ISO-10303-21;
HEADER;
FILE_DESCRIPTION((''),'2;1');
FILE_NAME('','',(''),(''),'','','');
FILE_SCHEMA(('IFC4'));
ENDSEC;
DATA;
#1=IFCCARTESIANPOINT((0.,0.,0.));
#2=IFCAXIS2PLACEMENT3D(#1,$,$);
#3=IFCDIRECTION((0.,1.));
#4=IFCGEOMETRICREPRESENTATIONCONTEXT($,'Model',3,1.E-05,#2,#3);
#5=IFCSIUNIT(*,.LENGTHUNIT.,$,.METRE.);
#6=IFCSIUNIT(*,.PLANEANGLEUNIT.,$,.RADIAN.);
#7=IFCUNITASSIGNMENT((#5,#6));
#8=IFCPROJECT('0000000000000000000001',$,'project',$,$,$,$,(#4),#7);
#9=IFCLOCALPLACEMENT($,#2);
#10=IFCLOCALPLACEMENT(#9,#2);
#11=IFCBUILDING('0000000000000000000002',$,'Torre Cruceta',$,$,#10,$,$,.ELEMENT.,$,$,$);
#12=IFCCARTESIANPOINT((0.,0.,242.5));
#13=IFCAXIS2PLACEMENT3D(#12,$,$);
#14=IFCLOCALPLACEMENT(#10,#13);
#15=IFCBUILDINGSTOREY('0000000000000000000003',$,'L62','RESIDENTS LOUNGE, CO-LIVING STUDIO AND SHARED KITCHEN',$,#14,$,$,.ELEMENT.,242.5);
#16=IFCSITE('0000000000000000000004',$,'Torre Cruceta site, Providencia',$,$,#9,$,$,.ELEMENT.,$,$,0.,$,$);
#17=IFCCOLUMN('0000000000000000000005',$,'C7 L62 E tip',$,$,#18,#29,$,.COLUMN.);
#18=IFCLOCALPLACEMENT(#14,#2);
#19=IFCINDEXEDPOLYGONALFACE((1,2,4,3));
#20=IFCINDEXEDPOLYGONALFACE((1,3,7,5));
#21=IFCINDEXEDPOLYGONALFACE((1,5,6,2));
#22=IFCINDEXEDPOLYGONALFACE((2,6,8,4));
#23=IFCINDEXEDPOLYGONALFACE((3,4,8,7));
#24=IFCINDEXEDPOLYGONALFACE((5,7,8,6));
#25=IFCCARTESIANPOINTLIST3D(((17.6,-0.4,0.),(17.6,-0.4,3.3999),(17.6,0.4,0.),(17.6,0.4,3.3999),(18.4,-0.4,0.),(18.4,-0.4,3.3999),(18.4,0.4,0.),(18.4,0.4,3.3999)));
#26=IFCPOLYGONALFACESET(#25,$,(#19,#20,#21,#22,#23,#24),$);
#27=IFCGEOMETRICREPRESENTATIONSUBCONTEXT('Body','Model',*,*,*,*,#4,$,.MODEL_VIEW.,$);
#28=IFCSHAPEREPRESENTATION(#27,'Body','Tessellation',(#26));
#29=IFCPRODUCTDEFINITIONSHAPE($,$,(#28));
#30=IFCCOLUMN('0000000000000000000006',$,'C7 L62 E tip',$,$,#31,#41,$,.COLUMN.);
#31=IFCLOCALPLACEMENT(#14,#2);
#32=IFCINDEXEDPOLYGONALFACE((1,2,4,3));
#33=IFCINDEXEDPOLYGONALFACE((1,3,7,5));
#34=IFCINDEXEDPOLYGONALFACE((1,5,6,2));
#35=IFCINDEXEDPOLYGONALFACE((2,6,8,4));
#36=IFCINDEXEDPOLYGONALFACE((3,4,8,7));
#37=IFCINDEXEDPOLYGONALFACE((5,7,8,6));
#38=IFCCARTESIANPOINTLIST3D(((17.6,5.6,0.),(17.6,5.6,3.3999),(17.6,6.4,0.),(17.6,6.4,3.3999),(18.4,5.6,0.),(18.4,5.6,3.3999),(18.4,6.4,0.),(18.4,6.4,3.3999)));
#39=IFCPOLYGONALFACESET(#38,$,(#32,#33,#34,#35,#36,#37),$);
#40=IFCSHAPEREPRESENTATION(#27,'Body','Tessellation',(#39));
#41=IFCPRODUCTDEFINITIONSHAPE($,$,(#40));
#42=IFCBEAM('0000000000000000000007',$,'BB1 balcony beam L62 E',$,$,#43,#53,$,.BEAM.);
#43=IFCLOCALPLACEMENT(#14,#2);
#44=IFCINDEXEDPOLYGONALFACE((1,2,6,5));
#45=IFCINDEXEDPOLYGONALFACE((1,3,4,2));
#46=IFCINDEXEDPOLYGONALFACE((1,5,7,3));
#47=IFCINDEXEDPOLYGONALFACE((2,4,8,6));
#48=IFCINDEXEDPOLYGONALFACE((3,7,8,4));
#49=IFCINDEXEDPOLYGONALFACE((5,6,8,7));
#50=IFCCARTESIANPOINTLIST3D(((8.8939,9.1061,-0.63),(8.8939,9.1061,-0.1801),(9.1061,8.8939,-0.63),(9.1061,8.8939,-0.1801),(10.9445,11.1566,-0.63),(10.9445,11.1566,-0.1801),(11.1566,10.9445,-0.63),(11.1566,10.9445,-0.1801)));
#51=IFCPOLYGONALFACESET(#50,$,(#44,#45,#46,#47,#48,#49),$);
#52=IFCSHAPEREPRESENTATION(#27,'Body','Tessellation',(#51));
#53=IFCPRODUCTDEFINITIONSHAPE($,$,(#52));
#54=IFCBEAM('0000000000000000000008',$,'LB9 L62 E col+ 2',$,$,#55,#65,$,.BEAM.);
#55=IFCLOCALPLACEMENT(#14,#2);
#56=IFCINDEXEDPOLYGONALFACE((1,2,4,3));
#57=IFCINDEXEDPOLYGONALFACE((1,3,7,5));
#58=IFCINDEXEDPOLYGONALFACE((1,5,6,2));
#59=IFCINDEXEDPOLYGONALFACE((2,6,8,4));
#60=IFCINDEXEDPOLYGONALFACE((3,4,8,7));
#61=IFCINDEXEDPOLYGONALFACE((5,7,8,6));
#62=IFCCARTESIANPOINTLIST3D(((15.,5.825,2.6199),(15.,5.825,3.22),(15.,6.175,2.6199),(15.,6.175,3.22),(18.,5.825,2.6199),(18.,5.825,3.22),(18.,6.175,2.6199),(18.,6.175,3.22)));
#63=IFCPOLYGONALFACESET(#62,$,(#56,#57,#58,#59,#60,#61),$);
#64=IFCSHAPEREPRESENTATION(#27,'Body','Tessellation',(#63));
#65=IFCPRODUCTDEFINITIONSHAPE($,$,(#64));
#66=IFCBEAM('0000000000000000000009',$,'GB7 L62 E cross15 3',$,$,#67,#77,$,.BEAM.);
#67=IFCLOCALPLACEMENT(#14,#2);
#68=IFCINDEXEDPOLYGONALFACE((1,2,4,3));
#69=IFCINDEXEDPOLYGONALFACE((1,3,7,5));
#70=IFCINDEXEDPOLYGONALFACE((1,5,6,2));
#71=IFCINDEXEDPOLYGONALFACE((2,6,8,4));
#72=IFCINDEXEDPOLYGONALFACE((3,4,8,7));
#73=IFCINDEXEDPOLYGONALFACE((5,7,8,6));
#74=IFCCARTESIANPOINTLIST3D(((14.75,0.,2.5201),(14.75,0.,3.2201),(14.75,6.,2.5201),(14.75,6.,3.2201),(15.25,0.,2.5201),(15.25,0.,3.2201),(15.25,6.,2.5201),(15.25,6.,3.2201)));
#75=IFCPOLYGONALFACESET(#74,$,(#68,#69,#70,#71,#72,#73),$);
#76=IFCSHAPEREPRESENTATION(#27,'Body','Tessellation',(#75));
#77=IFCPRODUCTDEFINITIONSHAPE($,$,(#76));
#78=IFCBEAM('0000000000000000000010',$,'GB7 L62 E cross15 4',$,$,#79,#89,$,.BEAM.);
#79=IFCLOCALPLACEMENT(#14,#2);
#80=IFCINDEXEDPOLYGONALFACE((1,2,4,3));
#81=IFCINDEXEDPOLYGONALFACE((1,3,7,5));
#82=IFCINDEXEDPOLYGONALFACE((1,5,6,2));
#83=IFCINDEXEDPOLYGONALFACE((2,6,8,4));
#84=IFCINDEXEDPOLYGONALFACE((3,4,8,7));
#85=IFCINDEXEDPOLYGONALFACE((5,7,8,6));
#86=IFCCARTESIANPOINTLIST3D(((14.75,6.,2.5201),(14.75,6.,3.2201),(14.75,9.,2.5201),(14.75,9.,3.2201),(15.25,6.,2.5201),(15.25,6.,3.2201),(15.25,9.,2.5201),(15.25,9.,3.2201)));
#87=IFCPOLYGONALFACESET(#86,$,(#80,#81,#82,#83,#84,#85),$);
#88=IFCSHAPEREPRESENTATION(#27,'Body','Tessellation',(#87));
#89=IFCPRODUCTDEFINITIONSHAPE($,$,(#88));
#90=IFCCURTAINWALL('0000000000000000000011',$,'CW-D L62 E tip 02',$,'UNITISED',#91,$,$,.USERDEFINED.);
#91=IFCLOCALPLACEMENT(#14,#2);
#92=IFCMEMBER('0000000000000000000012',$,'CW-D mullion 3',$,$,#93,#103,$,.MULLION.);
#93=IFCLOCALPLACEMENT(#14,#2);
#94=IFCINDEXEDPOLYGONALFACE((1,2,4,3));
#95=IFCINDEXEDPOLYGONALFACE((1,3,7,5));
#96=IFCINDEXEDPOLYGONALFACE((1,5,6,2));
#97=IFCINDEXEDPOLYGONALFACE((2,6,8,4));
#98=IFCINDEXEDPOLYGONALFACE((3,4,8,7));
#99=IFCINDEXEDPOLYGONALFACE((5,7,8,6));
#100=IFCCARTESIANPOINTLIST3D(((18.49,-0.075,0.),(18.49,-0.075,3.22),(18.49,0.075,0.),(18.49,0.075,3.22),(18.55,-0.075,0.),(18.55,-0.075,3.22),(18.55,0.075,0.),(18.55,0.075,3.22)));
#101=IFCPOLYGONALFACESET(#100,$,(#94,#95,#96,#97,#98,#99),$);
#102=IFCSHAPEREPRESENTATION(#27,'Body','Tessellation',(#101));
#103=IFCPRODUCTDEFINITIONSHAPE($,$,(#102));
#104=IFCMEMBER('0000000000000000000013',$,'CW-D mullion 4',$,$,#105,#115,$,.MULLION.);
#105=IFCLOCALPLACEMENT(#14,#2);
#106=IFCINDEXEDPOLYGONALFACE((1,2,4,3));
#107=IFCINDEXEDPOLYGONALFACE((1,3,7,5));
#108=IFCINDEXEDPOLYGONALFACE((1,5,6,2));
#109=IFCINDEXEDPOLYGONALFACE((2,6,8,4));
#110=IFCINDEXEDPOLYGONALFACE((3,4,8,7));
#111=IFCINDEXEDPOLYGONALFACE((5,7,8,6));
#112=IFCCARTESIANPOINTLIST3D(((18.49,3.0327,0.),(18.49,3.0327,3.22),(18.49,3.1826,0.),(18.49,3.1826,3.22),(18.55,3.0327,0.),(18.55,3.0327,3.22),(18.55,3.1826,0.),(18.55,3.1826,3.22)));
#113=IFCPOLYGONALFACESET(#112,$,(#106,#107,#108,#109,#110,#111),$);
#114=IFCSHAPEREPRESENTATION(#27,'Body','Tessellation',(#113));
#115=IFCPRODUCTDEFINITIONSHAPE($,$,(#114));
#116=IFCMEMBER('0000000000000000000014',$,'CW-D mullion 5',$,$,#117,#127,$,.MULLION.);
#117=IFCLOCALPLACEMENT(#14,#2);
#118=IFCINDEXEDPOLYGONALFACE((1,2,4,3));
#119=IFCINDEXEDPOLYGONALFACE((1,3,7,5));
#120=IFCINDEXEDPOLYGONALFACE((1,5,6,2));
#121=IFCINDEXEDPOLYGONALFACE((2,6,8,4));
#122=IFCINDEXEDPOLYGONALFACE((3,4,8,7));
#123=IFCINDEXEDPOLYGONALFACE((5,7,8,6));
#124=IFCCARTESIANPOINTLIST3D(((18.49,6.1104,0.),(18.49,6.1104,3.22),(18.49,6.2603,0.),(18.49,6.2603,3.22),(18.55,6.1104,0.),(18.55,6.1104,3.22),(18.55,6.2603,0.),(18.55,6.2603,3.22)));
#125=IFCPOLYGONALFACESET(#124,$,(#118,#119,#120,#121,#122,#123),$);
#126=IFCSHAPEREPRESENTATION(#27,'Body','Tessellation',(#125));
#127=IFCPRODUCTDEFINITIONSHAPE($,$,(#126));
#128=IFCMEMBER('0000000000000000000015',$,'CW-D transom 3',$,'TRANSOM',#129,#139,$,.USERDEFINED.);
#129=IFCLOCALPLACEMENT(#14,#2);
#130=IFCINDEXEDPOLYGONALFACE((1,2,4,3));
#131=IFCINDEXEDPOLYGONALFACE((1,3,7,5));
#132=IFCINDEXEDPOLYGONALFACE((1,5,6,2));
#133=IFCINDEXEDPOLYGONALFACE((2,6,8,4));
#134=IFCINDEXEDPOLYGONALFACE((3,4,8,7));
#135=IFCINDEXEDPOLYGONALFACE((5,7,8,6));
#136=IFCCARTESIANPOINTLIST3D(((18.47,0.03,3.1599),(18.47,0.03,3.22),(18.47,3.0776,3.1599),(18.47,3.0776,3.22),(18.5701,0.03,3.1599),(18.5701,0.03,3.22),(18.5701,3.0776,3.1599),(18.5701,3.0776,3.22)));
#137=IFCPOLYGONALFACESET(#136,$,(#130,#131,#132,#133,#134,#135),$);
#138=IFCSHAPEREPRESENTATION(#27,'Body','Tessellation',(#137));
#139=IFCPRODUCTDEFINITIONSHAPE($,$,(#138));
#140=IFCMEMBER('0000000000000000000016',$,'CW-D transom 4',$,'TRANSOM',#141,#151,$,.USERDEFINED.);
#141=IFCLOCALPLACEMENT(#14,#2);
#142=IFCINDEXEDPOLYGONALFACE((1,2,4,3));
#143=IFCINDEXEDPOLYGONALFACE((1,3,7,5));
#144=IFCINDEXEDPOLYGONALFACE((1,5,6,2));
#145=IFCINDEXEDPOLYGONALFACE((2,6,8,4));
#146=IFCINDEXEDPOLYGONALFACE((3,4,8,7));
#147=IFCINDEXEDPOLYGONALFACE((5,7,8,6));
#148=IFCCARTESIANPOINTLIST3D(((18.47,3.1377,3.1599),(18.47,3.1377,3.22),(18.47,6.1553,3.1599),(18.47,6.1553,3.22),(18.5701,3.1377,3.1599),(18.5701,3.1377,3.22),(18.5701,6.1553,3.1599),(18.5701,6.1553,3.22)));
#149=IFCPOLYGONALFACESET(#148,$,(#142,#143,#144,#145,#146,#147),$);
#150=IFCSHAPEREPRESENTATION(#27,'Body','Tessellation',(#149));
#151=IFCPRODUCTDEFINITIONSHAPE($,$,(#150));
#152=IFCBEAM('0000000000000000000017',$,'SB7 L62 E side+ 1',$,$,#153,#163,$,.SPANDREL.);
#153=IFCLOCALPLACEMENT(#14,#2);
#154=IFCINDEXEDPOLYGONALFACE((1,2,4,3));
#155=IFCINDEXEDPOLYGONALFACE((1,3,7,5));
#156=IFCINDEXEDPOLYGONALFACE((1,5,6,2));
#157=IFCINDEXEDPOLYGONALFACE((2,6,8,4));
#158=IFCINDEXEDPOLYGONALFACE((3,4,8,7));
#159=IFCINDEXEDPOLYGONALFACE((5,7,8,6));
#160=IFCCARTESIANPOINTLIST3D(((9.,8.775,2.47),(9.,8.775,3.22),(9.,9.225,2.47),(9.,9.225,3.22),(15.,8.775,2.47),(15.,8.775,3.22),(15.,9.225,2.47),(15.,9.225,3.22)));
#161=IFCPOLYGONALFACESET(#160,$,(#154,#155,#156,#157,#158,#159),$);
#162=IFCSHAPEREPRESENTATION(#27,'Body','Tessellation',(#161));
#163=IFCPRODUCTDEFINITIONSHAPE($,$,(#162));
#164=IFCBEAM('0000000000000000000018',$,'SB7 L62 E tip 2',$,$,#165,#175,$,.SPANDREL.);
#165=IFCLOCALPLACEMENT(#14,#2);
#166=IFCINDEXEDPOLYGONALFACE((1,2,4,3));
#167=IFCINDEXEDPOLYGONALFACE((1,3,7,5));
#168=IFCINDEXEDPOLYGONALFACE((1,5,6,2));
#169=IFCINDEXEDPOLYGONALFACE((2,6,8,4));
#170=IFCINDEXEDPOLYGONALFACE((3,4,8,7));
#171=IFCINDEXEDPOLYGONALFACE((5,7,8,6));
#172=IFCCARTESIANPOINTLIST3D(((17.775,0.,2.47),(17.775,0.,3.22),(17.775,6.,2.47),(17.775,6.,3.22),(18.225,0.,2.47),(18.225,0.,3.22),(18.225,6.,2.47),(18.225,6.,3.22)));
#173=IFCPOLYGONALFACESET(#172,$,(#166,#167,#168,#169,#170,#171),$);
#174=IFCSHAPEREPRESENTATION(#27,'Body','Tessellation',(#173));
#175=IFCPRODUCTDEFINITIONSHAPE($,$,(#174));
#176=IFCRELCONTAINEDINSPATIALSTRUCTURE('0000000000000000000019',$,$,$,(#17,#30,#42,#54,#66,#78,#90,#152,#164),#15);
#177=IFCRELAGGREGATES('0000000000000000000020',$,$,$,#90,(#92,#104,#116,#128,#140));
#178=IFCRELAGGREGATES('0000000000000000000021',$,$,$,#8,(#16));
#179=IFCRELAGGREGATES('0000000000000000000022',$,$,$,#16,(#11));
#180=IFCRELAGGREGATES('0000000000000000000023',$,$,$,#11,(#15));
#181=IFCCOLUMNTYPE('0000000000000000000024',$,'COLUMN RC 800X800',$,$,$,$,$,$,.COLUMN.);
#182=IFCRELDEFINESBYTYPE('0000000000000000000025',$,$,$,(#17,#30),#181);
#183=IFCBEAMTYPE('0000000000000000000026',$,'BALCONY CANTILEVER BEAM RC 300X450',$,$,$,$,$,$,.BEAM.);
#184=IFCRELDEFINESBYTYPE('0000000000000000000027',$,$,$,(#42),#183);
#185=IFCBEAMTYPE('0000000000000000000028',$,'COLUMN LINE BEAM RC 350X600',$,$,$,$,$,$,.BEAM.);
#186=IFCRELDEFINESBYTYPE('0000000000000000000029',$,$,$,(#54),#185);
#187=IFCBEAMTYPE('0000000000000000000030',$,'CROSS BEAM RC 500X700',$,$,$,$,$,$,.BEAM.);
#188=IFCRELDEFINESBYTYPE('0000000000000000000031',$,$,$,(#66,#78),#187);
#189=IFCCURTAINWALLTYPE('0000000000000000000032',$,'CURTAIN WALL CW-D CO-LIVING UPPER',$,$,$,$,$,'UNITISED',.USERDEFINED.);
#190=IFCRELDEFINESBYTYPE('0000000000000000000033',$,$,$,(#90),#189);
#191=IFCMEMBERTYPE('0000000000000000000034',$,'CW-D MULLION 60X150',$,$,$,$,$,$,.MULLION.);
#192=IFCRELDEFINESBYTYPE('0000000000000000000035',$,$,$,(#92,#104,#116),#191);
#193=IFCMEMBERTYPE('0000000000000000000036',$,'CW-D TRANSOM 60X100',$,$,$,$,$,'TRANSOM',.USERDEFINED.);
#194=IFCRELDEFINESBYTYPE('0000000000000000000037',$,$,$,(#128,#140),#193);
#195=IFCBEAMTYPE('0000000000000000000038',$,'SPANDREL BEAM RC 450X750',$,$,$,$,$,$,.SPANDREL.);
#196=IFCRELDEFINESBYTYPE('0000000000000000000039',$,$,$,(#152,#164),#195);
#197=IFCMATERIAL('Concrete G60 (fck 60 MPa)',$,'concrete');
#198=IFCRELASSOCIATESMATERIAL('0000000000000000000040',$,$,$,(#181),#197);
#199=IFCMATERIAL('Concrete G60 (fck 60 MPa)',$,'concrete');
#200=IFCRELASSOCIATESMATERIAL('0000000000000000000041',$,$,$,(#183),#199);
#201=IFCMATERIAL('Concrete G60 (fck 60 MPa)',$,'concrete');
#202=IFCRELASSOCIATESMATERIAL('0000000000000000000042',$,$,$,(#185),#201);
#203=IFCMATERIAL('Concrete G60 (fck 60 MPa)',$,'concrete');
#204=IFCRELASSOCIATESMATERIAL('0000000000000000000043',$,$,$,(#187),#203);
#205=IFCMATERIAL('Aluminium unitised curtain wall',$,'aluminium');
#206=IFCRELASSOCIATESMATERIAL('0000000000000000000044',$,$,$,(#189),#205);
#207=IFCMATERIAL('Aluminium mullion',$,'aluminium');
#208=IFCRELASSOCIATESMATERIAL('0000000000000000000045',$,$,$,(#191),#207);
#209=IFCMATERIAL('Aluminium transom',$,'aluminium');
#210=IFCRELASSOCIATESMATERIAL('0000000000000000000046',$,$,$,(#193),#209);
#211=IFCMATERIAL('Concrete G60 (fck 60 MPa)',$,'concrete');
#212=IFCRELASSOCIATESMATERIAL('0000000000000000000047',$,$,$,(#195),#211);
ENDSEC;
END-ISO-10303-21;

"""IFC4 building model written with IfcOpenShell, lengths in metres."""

from ifc_helpers import new_model, si_unit, direction, frame, origin, origin_2d, place, context, subcontext, project, spatial, rectangle, extrude, material, material_profile, profile_set, type_object, element, aggregate, save


model = new_model("IFC4")

# Units and contexts
model_context = context("Model", 3, precision=1e-05, world=origin(), true_north=direction((0.0, 1.0)))
body_context = subcontext(model_context, "Body", "Model", "MODEL_VIEW")
ifc_project = project(units=[si_unit("LENGTHUNIT", "METRE"), si_unit("PLANEANGLEUNIT", "RADIAN")], contexts=[model_context])

# Site, building, storey
site_placement = place(None, origin())
site = spatial("IfcSite", under=ifc_project, at=site_placement, Name="Torre Cruceta site, Providencia", CompositionType="ELEMENT", RefElevation=0.0)
building_placement = place(site_placement, origin())
building = spatial("IfcBuilding", under=site, at=building_placement, Name="Torre Cruceta", CompositionType="ELEMENT")
storey_placement = place(building_placement, frame((0.0, 0.0, 242.5)))
storey = spatial("IfcBuildingStorey", under=building, at=storey_placement, Name="L62", Description="RESIDENTS LOUNGE, CO-LIVING STUDIO AND SHARED KITCHEN", CompositionType="ELEMENT", Elevation=242.5)

# Columns
ifc_material_1 = material(Name="Concrete G60 (fck 60 MPa)", Category="concrete")
ifc_material_profile_1 = material_profile(ifc_material_1, rectangle(XDim=0.8, YDim=0.8, at=origin_2d()), Name="RC 800X800")
ifc_profile_set_1 = profile_set([ifc_material_profile_1], Name="Concrete G60 (fck 60 MPa)")
column_type = type_object("IfcColumnType", Name="COLUMN RC 800X800", PredefinedType="COLUMN", material=ifc_profile_set_1)
for number, where, z_axis, x_axis, name in (
    (1, (18.0, 0.0, 0.0), (0.0, 0.0, 1.0), (1.0, 0.0, 0.0), "C7 L62 E tip"),
    (2, (18.0, 6.0, 0.0), (0.0, 0.0, 1.0), (1.0, 0.0, 0.0), "C7 L62 E tip"),
):
    element("IfcColumn", number, at=place(storey_placement, frame(where, z_axis=z_axis, x_axis=x_axis)), inside=storey, type_object=column_type, Name=name, PredefinedType="COLUMN", context=body_context, shape_type="SweptSolid", body=[
        extrude(rectangle(XDim=0.8, YDim=0.8, at=origin_2d()), origin(), (0.0, 0.0, 1.0), 3.3999),
    ])

# Beams
ifc_material_2 = material(Name="Concrete G60 (fck 60 MPa)", Category="concrete")
ifc_material_profile_2 = material_profile(ifc_material_2, rectangle(XDim=0.3, YDim=0.45, at=origin_2d()), Name="RC 300X450")
ifc_profile_set_2 = profile_set([ifc_material_profile_2], Name="Concrete G60 (fck 60 MPa)")
beam_type_1 = type_object("IfcBeamType", Name="BALCONY CANTILEVER BEAM RC 300X450", PredefinedType="BEAM", material=ifc_profile_set_2)
beam_1_placement = place(storey_placement, frame((9.0, 9.0, -0.405), z_axis=(0.707107, 0.707107, 0.0), x_axis=(-0.707107, 0.707107, 0.0)))
element("IfcBeam", 3, at=beam_1_placement, inside=storey, type_object=beam_type_1, Name="BB1 balcony beam L62 E", PredefinedType="BEAM", context=body_context, shape_type="SweptSolid", body=[
    extrude(rectangle(XDim=0.3, YDim=0.45, at=origin_2d()), origin(), (0.0, 0.0, 1.0), 2.8999),
])
ifc_material_3 = material(Name="Concrete G60 (fck 60 MPa)", Category="concrete")
ifc_material_profile_3 = material_profile(ifc_material_3, rectangle(XDim=0.3501, YDim=0.6001, at=origin_2d()), Name="RC 350X600")
ifc_profile_set_3 = profile_set([ifc_material_profile_3], Name="Concrete G60 (fck 60 MPa)")
beam_type_2 = type_object("IfcBeamType", Name="COLUMN LINE BEAM RC 350X600", PredefinedType="BEAM", material=ifc_profile_set_3)
beam_2_placement = place(storey_placement, frame((15.0, 6.0, 2.9199), z_axis=(1.0, 0.0, 0.0), x_axis=(0.0, 1.0, 0.0)))
element("IfcBeam", 4, at=beam_2_placement, inside=storey, type_object=beam_type_2, Name="LB9 L62 E col+ 2", PredefinedType="BEAM", context=body_context, shape_type="SweptSolid", body=[
    extrude(rectangle(XDim=0.3501, YDim=0.6001, at=origin_2d()), origin(), (0.0, 0.0, 1.0), 3.0),
])
ifc_material_4 = material(Name="Concrete G60 (fck 60 MPa)", Category="concrete")
ifc_material_profile_4 = material_profile(ifc_material_4, rectangle(XDim=0.5, YDim=0.7, at=origin_2d()), Name="RC 500X700")
ifc_profile_set_4 = profile_set([ifc_material_profile_4], Name="Concrete G60 (fck 60 MPa)")
beam_type_3 = type_object("IfcBeamType", Name="CROSS BEAM RC 500X700", PredefinedType="BEAM", material=ifc_profile_set_4)
beam_3_placement = place(storey_placement, frame((15.0, 0.0, 2.8701), z_axis=(0.0, 1.0, 0.0), x_axis=(-1.0, 0.0, 0.0)))
element("IfcBeam", 5, at=beam_3_placement, inside=storey, type_object=beam_type_3, Name="GB7 L62 E cross15 3", PredefinedType="BEAM", context=body_context, shape_type="SweptSolid", body=[
    extrude(rectangle(XDim=0.5, YDim=0.7, at=origin_2d()), origin(), (0.0, 0.0, 1.0), 6.0),
])
beam_4_placement = place(storey_placement, frame((15.0, 6.0, 2.8701), z_axis=(0.0, 1.0, 0.0), x_axis=(-1.0, 0.0, 0.0)))
element("IfcBeam", 6, at=beam_4_placement, inside=storey, type_object=beam_type_3, Name="GB7 L62 E cross15 4", PredefinedType="BEAM", context=body_context, shape_type="SweptSolid", body=[
    extrude(rectangle(XDim=0.5, YDim=0.7, at=origin_2d()), origin(), (0.0, 0.0, 1.0), 3.0),
])

# Curtain wall, members
ifc_material_5 = material(Name="Aluminium unitised curtain wall", Category="aluminium")
curtain_wall_type = type_object("IfcCurtainWallType", Name="CURTAIN WALL CW-D CO-LIVING UPPER", ElementType="UNITISED", PredefinedType="USERDEFINED", material=ifc_material_5)
curtain_wall_placement = place(storey_placement, origin())
curtain_wall = element("IfcCurtainWall", 7, at=curtain_wall_placement, inside=storey, type_object=curtain_wall_type, Name="CW-D L62 E tip 02", ObjectType="UNITISED", PredefinedType="USERDEFINED")
ifc_material_6 = material(Name="Aluminium mullion", Category="aluminium")
ifc_material_profile_5 = material_profile(ifc_material_6, rectangle(XDim=0.0601, YDim=0.1499, at=origin_2d()), Name="AL 60X150")
ifc_profile_set_5 = profile_set([ifc_material_profile_5], Name="Aluminium mullion")
member_type_1 = type_object("IfcMemberType", Name="CW-D MULLION 60X150", PredefinedType="MULLION", material=ifc_profile_set_5)
member_1_placement = place(storey_placement, frame((18.52, 0.0, 0.0), z_axis=(0.0, 0.0, 1.0), x_axis=(-1.0, 0.0, 0.0)))
member_1 = element("IfcMember", 8, at=member_1_placement, type_object=member_type_1, Name="CW-D mullion 3", PredefinedType="MULLION", context=body_context, shape_type="SweptSolid", body=[
    extrude(rectangle(XDim=0.0601, YDim=0.1499, at=origin_2d()), origin(), (0.0, 0.0, 1.0), 3.22),
])
member_2_placement = place(storey_placement, frame((18.52, 3.1077, 0.0), z_axis=(0.0, 0.0, 1.0), x_axis=(-1.0, 0.0, 0.0)))
member_2 = element("IfcMember", 9, at=member_2_placement, type_object=member_type_1, Name="CW-D mullion 4", PredefinedType="MULLION", context=body_context, shape_type="SweptSolid", body=[
    extrude(rectangle(XDim=0.0601, YDim=0.1499, at=origin_2d()), origin(), (0.0, 0.0, 1.0), 3.22),
])
member_3_placement = place(storey_placement, frame((18.52, 6.1853, 0.0), z_axis=(0.0, 0.0, 1.0), x_axis=(-1.0, 0.0, 0.0)))
member_3 = element("IfcMember", 10, at=member_3_placement, type_object=member_type_1, Name="CW-D mullion 5", PredefinedType="MULLION", context=body_context, shape_type="SweptSolid", body=[
    extrude(rectangle(XDim=0.0601, YDim=0.1499, at=origin_2d()), origin(), (0.0, 0.0, 1.0), 3.22),
])
ifc_material_7 = material(Name="Aluminium transom", Category="aluminium")
ifc_material_profile_6 = material_profile(ifc_material_7, rectangle(XDim=0.1001, YDim=0.0601, at=origin_2d()), Name="AL 100X60")
ifc_profile_set_6 = profile_set([ifc_material_profile_6], Name="Aluminium transom")
member_type_2 = type_object("IfcMemberType", Name="CW-D TRANSOM 60X100", ElementType="TRANSOM", PredefinedType="USERDEFINED", material=ifc_profile_set_6)
member_4_placement = place(storey_placement, frame((18.52, 0.03, 3.1899), z_axis=(0.0, 1.0, 0.0), x_axis=(-1.0, 0.0, 0.0)))
member_4 = element("IfcMember", 11, at=member_4_placement, type_object=member_type_2, Name="CW-D transom 3", ObjectType="TRANSOM", PredefinedType="USERDEFINED", context=body_context, shape_type="SweptSolid", body=[
    extrude(rectangle(XDim=0.1001, YDim=0.0601, at=origin_2d()), origin(), (0.0, 0.0, 1.0), 3.0476),
])
member_5_placement = place(storey_placement, frame((18.52, 3.1377, 3.1899), z_axis=(0.0, 1.0, 0.0), x_axis=(-1.0, 0.0, 0.0)))
member_5 = element("IfcMember", 12, at=member_5_placement, type_object=member_type_2, Name="CW-D transom 4", ObjectType="TRANSOM", PredefinedType="USERDEFINED", context=body_context, shape_type="SweptSolid", body=[
    extrude(rectangle(XDim=0.1001, YDim=0.0601, at=origin_2d()), origin(), (0.0, 0.0, 1.0), 3.0176),
])

# Beams
ifc_material_8 = material(Name="Concrete G60 (fck 60 MPa)", Category="concrete")
ifc_material_profile_7 = material_profile(ifc_material_8, rectangle(XDim=0.45, YDim=0.75, at=origin_2d()), Name="RC 450X750")
ifc_profile_set_7 = profile_set([ifc_material_profile_7], Name="Concrete G60 (fck 60 MPa)")
beam_type_4 = type_object("IfcBeamType", Name="SPANDREL BEAM RC 450X750", PredefinedType="SPANDREL", material=ifc_profile_set_7)
for number, where, z_axis, x_axis, name in (
    (13, (9.0, 9.0, 2.845), (1.0, 0.0, 0.0), (0.0, 1.0, 0.0), "SB7 L62 E side+ 1"),
    (14, (18.0, 0.0, 2.845), (0.0, 1.0, 0.0), (-1.0, 0.0, 0.0), "SB7 L62 E tip 2"),
):
    element("IfcBeam", number, at=place(storey_placement, frame(where, z_axis=z_axis, x_axis=x_axis)), inside=storey, type_object=beam_type_4, Name=name, PredefinedType="SPANDREL", context=body_context, shape_type="SweptSolid", body=[
        extrude(rectangle(XDim=0.45, YDim=0.75, at=origin_2d()), origin(), (0.0, 0.0, 1.0), 6.0),
    ])

aggregate(curtain_wall, [member_1, member_2, member_3, member_4, member_5])

save(model, "model.ifc")
